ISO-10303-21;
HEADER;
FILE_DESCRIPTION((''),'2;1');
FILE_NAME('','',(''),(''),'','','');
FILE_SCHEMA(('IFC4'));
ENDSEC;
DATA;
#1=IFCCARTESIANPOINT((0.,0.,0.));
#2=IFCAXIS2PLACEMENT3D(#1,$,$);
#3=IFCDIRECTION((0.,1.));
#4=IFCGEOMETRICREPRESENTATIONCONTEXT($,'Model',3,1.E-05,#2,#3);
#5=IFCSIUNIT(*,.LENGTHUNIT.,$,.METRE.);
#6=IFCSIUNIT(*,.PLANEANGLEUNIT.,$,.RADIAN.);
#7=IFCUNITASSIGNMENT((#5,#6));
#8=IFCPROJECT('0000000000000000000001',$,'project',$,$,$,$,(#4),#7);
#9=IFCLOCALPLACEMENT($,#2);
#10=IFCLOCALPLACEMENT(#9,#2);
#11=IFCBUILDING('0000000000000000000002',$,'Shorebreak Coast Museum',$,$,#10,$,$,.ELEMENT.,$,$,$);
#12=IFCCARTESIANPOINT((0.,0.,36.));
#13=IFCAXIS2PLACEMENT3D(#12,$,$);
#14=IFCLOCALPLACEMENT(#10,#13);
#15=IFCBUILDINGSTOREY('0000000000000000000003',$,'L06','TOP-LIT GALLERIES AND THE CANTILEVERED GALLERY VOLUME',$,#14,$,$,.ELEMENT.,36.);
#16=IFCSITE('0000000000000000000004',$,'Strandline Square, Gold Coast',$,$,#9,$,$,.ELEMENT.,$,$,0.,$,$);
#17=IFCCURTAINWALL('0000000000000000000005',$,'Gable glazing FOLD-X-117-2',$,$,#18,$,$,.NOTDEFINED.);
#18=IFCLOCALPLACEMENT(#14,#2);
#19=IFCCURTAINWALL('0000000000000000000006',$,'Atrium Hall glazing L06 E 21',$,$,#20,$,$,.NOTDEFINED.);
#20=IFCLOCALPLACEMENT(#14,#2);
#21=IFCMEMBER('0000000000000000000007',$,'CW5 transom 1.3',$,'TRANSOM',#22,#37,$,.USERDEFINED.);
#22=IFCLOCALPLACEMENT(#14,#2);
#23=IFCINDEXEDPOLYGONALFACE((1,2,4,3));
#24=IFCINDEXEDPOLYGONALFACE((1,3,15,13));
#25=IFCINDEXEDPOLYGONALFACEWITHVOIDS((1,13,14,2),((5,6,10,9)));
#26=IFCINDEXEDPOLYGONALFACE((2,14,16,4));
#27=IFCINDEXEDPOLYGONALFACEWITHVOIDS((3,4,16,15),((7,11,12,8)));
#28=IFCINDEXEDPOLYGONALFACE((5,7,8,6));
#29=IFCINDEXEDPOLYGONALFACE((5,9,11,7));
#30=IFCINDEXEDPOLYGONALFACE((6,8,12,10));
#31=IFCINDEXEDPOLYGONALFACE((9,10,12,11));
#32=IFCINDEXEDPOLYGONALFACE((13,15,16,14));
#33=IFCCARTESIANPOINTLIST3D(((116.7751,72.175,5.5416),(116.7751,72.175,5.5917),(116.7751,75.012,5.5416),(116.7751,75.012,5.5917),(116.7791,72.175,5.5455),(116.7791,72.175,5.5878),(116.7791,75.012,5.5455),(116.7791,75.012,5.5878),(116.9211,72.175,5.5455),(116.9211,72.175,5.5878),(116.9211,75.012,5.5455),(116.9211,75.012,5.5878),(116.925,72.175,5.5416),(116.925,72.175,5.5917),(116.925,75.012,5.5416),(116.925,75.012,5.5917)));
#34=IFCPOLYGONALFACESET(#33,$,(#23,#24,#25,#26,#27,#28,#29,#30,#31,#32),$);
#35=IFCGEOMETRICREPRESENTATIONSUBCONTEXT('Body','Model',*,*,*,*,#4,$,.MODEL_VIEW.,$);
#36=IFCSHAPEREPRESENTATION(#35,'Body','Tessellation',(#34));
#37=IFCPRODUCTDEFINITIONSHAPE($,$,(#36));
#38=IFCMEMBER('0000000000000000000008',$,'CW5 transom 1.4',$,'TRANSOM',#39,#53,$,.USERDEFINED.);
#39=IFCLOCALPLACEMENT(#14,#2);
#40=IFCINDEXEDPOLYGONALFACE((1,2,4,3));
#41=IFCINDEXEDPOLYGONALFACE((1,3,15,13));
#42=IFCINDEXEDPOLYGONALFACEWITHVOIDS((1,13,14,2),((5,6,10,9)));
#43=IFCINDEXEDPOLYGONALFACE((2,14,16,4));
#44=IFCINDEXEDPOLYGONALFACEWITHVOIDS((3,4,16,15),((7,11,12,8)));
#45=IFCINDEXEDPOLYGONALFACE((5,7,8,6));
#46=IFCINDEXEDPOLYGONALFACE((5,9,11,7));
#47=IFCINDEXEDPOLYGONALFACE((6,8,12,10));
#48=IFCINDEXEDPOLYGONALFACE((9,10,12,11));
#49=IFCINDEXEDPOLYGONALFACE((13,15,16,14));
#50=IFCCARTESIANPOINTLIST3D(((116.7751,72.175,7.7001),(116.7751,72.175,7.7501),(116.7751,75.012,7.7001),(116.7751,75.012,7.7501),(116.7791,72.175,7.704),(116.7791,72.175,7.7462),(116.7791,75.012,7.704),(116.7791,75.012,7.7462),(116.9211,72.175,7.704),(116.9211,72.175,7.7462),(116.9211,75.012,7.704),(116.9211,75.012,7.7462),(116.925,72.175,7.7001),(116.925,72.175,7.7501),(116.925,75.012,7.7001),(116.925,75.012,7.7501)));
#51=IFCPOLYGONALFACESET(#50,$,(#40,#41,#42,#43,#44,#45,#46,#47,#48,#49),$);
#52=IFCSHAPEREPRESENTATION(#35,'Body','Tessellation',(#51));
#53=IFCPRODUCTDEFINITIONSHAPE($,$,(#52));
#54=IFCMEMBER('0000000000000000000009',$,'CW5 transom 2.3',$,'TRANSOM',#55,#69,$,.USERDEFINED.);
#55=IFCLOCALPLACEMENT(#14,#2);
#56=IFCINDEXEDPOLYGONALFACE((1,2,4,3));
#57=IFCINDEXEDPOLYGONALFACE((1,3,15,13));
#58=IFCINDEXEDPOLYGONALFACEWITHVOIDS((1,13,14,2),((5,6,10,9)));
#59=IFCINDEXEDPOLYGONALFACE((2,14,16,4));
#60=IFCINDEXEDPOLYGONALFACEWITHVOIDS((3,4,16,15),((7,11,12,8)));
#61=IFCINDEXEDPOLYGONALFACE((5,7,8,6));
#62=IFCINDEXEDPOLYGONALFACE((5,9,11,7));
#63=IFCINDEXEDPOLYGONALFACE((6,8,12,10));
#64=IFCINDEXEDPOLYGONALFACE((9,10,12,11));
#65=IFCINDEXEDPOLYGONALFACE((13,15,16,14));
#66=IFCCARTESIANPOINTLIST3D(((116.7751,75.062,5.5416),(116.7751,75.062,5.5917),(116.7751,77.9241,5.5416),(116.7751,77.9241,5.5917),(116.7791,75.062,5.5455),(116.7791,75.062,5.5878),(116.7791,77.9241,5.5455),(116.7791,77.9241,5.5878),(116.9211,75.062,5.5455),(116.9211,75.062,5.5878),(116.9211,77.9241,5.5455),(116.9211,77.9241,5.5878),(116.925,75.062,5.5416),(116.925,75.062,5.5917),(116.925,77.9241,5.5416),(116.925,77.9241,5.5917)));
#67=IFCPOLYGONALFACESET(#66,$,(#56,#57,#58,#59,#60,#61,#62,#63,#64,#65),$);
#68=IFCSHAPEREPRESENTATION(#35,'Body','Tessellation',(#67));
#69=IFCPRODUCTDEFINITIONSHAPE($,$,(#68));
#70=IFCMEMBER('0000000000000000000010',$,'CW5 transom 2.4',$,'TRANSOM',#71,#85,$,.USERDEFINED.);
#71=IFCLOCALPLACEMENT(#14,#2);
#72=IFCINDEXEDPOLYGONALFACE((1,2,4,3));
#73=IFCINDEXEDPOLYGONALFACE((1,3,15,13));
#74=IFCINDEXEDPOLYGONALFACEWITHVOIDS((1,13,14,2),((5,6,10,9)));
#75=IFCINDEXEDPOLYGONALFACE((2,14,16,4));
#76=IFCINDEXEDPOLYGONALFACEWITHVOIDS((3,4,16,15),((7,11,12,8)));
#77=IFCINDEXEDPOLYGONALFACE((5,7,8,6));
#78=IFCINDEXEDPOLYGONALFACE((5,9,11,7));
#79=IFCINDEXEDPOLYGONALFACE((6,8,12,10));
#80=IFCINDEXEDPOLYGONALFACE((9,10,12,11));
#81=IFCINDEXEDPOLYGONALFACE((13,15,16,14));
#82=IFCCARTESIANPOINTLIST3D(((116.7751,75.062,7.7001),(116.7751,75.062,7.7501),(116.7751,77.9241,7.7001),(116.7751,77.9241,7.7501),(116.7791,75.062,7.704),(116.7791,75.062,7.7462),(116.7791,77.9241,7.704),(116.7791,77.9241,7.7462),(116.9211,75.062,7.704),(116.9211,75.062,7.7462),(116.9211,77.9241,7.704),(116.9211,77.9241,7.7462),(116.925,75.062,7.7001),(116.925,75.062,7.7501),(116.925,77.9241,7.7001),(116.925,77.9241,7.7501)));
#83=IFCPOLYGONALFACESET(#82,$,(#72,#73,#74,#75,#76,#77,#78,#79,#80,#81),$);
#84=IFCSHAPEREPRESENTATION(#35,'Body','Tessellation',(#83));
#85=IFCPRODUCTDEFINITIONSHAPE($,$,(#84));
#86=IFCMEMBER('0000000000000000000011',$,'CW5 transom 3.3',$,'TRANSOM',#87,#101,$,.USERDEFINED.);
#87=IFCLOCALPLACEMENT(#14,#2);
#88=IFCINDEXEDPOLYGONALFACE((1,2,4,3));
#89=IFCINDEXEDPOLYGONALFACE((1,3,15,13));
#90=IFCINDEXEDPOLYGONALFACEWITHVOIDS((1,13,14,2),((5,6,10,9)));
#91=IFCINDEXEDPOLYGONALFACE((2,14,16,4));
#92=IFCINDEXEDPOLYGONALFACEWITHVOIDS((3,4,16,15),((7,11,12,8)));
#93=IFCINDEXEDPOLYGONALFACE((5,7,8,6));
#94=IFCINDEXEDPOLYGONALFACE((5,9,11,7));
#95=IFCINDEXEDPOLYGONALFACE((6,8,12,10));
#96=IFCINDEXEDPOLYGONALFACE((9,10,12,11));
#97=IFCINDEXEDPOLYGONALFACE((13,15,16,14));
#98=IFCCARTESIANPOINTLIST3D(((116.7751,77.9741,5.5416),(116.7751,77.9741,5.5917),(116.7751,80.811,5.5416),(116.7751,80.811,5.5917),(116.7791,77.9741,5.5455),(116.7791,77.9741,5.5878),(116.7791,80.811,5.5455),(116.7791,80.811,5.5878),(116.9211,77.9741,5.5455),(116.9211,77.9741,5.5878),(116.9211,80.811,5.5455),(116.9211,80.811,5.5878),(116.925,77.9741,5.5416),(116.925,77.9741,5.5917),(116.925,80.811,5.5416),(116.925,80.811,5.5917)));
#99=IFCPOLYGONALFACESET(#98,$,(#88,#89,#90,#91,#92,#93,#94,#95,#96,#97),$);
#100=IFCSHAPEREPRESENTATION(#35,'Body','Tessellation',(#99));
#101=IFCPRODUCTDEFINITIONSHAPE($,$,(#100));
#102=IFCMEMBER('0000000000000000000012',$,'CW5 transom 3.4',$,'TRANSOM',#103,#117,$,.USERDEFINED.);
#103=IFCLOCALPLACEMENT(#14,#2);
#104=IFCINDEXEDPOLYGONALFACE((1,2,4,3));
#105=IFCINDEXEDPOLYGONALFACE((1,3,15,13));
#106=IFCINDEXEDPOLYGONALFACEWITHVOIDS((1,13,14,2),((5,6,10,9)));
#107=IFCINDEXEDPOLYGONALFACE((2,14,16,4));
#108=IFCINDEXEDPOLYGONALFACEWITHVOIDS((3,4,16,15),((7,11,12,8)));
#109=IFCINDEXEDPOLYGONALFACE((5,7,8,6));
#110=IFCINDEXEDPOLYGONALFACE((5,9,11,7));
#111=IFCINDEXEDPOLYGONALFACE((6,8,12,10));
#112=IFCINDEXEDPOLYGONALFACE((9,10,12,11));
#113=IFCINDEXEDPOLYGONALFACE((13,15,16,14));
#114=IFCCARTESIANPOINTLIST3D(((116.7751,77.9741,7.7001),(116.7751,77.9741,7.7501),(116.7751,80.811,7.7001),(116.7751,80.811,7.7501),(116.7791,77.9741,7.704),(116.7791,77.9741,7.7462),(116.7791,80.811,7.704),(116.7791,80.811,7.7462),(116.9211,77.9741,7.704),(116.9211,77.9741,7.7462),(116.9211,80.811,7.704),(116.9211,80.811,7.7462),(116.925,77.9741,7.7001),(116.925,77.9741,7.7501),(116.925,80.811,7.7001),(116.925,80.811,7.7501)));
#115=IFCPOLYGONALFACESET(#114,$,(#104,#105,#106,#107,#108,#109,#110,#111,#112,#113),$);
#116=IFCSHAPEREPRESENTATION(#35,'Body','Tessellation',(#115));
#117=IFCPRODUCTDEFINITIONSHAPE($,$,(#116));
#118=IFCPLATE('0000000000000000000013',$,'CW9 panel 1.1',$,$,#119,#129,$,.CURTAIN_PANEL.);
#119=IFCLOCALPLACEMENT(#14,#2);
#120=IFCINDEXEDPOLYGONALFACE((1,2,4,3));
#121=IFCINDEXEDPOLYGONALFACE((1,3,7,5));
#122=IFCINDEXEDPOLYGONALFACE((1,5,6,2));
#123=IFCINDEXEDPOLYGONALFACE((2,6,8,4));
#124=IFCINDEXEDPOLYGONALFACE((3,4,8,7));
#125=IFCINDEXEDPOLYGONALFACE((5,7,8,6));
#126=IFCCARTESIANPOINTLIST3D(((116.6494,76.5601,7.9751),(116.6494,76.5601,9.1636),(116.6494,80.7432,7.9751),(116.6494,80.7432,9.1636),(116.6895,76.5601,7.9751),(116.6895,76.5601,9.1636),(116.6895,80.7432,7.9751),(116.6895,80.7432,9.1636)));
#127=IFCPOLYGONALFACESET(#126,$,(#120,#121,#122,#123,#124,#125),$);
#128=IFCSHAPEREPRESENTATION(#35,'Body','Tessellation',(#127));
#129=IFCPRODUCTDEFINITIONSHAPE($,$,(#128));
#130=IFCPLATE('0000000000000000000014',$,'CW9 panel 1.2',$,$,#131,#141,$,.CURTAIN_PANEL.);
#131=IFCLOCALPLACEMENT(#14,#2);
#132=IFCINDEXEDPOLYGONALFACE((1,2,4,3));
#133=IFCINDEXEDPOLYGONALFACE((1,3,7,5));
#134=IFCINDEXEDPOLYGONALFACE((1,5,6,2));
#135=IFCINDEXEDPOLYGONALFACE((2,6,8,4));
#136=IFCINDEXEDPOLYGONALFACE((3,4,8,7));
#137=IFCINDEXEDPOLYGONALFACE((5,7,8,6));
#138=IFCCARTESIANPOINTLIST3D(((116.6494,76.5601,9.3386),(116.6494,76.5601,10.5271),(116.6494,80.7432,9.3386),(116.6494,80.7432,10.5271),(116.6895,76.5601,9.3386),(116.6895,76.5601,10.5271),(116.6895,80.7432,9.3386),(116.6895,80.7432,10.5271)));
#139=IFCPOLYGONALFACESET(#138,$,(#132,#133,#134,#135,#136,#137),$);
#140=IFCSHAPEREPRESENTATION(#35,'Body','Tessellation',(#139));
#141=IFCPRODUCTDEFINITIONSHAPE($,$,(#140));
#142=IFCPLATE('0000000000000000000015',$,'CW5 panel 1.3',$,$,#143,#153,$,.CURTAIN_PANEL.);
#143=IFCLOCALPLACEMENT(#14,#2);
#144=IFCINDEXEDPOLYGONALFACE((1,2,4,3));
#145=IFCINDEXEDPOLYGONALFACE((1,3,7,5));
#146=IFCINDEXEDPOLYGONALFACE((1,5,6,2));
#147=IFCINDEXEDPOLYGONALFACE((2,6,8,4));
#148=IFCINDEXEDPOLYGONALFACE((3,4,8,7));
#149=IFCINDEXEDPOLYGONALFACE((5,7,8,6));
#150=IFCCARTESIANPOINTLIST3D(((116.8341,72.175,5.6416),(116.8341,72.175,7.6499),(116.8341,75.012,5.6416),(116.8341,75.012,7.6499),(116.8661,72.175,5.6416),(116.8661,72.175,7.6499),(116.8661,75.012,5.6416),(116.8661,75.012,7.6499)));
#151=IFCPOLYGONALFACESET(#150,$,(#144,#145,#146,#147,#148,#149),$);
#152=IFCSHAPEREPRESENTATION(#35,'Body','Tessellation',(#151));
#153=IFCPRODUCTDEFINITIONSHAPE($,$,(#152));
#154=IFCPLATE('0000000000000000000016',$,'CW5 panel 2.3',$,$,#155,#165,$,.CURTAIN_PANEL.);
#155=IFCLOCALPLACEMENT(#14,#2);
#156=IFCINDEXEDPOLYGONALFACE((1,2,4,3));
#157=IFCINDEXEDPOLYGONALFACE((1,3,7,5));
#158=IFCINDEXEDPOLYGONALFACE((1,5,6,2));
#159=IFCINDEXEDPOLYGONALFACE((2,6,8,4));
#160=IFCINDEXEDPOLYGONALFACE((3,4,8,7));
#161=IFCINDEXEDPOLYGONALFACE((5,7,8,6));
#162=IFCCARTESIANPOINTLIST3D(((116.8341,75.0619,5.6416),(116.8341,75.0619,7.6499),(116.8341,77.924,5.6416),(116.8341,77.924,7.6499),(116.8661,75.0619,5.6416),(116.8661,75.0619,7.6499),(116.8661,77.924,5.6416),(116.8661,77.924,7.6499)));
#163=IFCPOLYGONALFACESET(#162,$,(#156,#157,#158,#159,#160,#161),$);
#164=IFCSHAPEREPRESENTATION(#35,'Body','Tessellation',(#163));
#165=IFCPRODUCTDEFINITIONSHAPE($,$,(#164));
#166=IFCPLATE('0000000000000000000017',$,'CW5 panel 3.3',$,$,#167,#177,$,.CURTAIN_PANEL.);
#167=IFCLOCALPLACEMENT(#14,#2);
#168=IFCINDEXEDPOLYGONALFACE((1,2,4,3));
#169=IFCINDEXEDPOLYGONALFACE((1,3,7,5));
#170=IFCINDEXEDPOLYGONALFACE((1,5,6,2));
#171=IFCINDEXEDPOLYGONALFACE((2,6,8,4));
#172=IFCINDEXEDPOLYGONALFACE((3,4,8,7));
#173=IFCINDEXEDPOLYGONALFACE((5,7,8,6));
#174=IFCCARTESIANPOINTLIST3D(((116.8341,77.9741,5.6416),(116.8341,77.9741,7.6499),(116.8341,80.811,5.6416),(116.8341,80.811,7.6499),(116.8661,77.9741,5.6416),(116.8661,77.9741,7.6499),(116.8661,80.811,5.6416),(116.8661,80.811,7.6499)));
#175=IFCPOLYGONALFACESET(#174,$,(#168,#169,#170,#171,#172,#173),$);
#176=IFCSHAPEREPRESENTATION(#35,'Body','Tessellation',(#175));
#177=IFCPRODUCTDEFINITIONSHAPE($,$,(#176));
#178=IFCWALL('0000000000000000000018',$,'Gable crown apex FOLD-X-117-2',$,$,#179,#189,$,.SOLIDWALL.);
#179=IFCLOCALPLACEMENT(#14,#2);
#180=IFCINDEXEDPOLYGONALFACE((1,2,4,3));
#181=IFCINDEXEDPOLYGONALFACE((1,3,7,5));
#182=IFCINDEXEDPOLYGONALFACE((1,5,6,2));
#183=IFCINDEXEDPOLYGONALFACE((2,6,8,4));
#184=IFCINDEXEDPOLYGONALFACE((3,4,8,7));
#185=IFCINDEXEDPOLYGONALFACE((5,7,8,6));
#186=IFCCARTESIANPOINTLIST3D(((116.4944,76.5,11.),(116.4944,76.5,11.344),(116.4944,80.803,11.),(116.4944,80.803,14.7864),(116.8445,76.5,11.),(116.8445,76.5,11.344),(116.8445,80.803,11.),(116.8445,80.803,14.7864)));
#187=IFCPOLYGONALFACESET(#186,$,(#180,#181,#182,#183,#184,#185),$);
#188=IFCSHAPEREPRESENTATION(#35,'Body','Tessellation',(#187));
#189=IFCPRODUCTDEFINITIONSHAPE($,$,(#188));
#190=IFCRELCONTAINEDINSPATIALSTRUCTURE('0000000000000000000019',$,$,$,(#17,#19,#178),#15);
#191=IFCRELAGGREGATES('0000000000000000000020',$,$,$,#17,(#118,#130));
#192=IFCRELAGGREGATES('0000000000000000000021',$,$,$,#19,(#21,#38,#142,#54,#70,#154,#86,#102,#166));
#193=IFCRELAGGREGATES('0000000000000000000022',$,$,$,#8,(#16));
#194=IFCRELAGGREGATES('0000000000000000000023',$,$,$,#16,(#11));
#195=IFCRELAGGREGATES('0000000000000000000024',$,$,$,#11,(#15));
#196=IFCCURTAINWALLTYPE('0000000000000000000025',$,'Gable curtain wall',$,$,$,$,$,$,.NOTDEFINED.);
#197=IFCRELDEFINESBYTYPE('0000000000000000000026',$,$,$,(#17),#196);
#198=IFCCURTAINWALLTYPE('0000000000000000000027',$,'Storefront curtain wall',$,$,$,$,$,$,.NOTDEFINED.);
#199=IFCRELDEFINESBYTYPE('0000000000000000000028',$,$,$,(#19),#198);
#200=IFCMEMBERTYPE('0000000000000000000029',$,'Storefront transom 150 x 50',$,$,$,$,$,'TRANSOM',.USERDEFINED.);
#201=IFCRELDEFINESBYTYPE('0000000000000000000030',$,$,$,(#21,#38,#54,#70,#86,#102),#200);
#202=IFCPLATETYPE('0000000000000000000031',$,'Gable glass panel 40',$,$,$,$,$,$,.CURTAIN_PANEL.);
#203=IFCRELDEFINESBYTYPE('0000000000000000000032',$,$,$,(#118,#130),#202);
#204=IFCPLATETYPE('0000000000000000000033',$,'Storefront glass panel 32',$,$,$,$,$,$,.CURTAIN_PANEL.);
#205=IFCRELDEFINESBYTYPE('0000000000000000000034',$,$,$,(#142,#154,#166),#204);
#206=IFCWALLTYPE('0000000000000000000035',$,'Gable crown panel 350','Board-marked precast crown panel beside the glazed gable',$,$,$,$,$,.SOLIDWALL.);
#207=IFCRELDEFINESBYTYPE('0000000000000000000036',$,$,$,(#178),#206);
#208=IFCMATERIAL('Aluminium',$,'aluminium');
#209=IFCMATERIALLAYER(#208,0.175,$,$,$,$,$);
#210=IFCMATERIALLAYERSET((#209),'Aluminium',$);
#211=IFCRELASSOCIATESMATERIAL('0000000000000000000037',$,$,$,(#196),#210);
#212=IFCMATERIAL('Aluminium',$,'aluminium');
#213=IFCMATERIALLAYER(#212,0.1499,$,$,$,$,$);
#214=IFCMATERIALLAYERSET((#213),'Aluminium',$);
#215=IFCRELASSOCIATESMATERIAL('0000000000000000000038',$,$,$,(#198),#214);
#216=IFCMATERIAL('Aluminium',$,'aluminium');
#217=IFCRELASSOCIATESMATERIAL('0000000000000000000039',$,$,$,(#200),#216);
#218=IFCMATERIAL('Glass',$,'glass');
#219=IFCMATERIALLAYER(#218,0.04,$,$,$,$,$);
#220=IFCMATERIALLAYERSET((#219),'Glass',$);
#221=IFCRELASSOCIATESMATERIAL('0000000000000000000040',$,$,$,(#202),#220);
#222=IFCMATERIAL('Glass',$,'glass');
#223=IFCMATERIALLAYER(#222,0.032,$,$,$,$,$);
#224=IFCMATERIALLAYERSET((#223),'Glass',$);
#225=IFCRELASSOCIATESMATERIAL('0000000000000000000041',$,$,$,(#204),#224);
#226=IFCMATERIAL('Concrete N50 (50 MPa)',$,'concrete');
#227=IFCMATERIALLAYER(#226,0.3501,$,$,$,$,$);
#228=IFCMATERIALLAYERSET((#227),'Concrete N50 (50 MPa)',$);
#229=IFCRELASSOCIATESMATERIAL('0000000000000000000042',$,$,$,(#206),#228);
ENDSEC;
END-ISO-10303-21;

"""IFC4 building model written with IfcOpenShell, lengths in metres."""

from ifc_helpers import new_model, si_unit, direction, frame, origin, origin_2d, place, context, subcontext, project, spatial, polyline, rectangle, hollow_rectangle, outline, extrude, material, layer, layer_set, material_profile, profile_set, type_object, element, aggregate, save


model = new_model("IFC4")

# Units and contexts
model_context = context("Model", 3, precision=1e-05, world=origin(), true_north=direction((0.0, 1.0)))
body_context = subcontext(model_context, "Body", "Model", "MODEL_VIEW")
ifc_project = project(units=[si_unit("LENGTHUNIT", "METRE"), si_unit("PLANEANGLEUNIT", "RADIAN")], contexts=[model_context])

# Site, building, storey
site_placement = place(None, origin())
site = spatial("IfcSite", under=ifc_project, at=site_placement, Name="Strandline Square, Gold Coast", CompositionType="ELEMENT", RefElevation=0.0)
building_placement = place(site_placement, origin())
building = spatial("IfcBuilding", under=site, at=building_placement, Name="Shorebreak Coast Museum", CompositionType="ELEMENT")
storey_placement = place(building_placement, frame((0.0, 0.0, 36.0)))
storey = spatial("IfcBuildingStorey", under=building, at=storey_placement, Name="L06", Description="TOP-LIT GALLERIES AND THE CANTILEVERED GALLERY VOLUME", CompositionType="ELEMENT", Elevation=36.0)

# Curtain walls, members
ifc_material_1 = material(Name="Aluminium", Category="aluminium")
ifc_layer_1 = layer(ifc_material_1, 0.175)
ifc_layer_set_1 = layer_set([ifc_layer_1], Name="Aluminium")
curtain_wall_type_1 = type_object("IfcCurtainWallType", Name="Gable curtain wall", PredefinedType="NOTDEFINED", material=ifc_layer_set_1)
curtain_wall_1_placement = place(storey_placement, origin())
curtain_wall_1 = element("IfcCurtainWall", 1, at=curtain_wall_1_placement, inside=storey, type_object=curtain_wall_type_1, Name="Gable glazing FOLD-X-117-2", PredefinedType="NOTDEFINED")
ifc_material_2 = material(Name="Aluminium", Category="aluminium")
ifc_layer_2 = layer(ifc_material_2, 0.1499)
ifc_layer_set_2 = layer_set([ifc_layer_2], Name="Aluminium")
curtain_wall_type_2 = type_object("IfcCurtainWallType", Name="Storefront curtain wall", PredefinedType="NOTDEFINED", material=ifc_layer_set_2)
curtain_wall_2_placement = place(storey_placement, origin())
curtain_wall_2 = element("IfcCurtainWall", 2, at=curtain_wall_2_placement, inside=storey, type_object=curtain_wall_type_2, Name="Atrium Hall glazing L06 E 21", PredefinedType="NOTDEFINED")
ifc_material_3 = material(Name="Aluminium", Category="aluminium")
ifc_material_profile_1 = material_profile(ifc_material_3, hollow_rectangle(XDim=0.1499, YDim=0.05, WallThickness=0.0039, at=origin_2d()), Name="AL 50x150 RHS")
ifc_profile_set_1 = profile_set([ifc_material_profile_1], Name="Aluminium")
member_type_1 = type_object("IfcMemberType", Name="Storefront transom 150 x 50", ElementType="TRANSOM", PredefinedType="USERDEFINED", material=ifc_profile_set_1)
member_1_placement = place(storey_placement, frame((116.8501, 72.175, 5.5667), z_axis=(0.0, 1.0, 0.0), x_axis=(-1.0, 0.0, 0.0)))
member_1 = element("IfcMember", 3, at=member_1_placement, type_object=member_type_1, Name="CW5 transom 1.3", ObjectType="TRANSOM", PredefinedType="USERDEFINED", context=body_context, shape_type="SweptSolid", body=[
    extrude(hollow_rectangle(XDim=0.1499, YDim=0.05, WallThickness=0.0039, at=origin_2d()), origin(), (0.0, 0.0, 1.0), 2.8369),
])
member_2_placement = place(storey_placement, frame((116.8501, 72.175, 7.7251), z_axis=(0.0, 1.0, 0.0), x_axis=(-1.0, 0.0, 0.0)))
member_2 = element("IfcMember", 4, at=member_2_placement, type_object=member_type_1, Name="CW5 transom 1.4", ObjectType="TRANSOM", PredefinedType="USERDEFINED", context=body_context, shape_type="SweptSolid", body=[
    extrude(hollow_rectangle(XDim=0.1499, YDim=0.05, WallThickness=0.0039, at=origin_2d()), origin(), (0.0, 0.0, 1.0), 2.8369),
])
member_3_placement = place(storey_placement, frame((116.8501, 75.062, 5.5667), z_axis=(0.0, 1.0, 0.0), x_axis=(-1.0, 0.0, 0.0)))
member_3 = element("IfcMember", 5, at=member_3_placement, type_object=member_type_1, Name="CW5 transom 2.3", ObjectType="TRANSOM", PredefinedType="USERDEFINED", context=body_context, shape_type="SweptSolid", body=[
    extrude(hollow_rectangle(XDim=0.1499, YDim=0.05, WallThickness=0.0039, at=origin_2d()), origin(), (0.0, 0.0, 1.0), 2.8621),
])
member_4_placement = place(storey_placement, frame((116.8501, 75.062, 7.7251), z_axis=(0.0, 1.0, 0.0), x_axis=(-1.0, 0.0, 0.0)))
member_4 = element("IfcMember", 6, at=member_4_placement, type_object=member_type_1, Name="CW5 transom 2.4", ObjectType="TRANSOM", PredefinedType="USERDEFINED", context=body_context, shape_type="SweptSolid", body=[
    extrude(hollow_rectangle(XDim=0.1499, YDim=0.05, WallThickness=0.0039, at=origin_2d()), origin(), (0.0, 0.0, 1.0), 2.8621),
])
member_5_placement = place(storey_placement, frame((116.8501, 77.9741, 5.5667), z_axis=(0.0, 1.0, 0.0), x_axis=(-1.0, 0.0, 0.0)))
member_5 = element("IfcMember", 7, at=member_5_placement, type_object=member_type_1, Name="CW5 transom 3.3", ObjectType="TRANSOM", PredefinedType="USERDEFINED", context=body_context, shape_type="SweptSolid", body=[
    extrude(hollow_rectangle(XDim=0.1499, YDim=0.05, WallThickness=0.0039, at=origin_2d()), origin(), (0.0, 0.0, 1.0), 2.8369),
])
member_6_placement = place(storey_placement, frame((116.8501, 77.9741, 7.7251), z_axis=(0.0, 1.0, 0.0), x_axis=(-1.0, 0.0, 0.0)))
member_6 = element("IfcMember", 8, at=member_6_placement, type_object=member_type_1, Name="CW5 transom 3.4", ObjectType="TRANSOM", PredefinedType="USERDEFINED", context=body_context, shape_type="SweptSolid", body=[
    extrude(hollow_rectangle(XDim=0.1499, YDim=0.05, WallThickness=0.0039, at=origin_2d()), origin(), (0.0, 0.0, 1.0), 2.8369),
])

# Plates
ifc_material_4 = material(Name="Glass", Category="glass")
ifc_layer_3 = layer(ifc_material_4, 0.04)
ifc_layer_set_3 = layer_set([ifc_layer_3], Name="Glass")
plate_type_1 = type_object("IfcPlateType", Name="Gable glass panel 40", PredefinedType="CURTAIN_PANEL", material=ifc_layer_set_3)
plate_1_placement = place(storey_placement, frame((116.6694, 78.6516, 7.9751), z_axis=(0.0, 0.0, 1.0), x_axis=(0.0, 1.0, 0.0)))
plate_1 = element("IfcPlate", 9, at=plate_1_placement, type_object=plate_type_1, Name="CW9 panel 1.1", PredefinedType="CURTAIN_PANEL", context=body_context, shape_type="SweptSolid", body=[
    extrude(rectangle(XDim=4.1831, YDim=0.04, at=origin_2d()), origin(), (0.0, 0.0, 1.0), 1.1885),
])
plate_2_placement = place(storey_placement, frame((116.6694, 78.6516, 9.3386), z_axis=(0.0, 0.0, 1.0), x_axis=(0.0, 1.0, 0.0)))
plate_2 = element("IfcPlate", 10, at=plate_2_placement, type_object=plate_type_1, Name="CW9 panel 1.2", PredefinedType="CURTAIN_PANEL", context=body_context, shape_type="SweptSolid", body=[
    extrude(rectangle(XDim=4.1831, YDim=0.04, at=origin_2d()), origin(), (0.0, 0.0, 1.0), 1.1885),
])
aggregate(curtain_wall_1, [plate_1, plate_2])
ifc_material_5 = material(Name="Glass", Category="glass")
ifc_layer_4 = layer(ifc_material_5, 0.032)
ifc_layer_set_4 = layer_set([ifc_layer_4], Name="Glass")
plate_type_2 = type_object("IfcPlateType", Name="Storefront glass panel 32", PredefinedType="CURTAIN_PANEL", material=ifc_layer_set_4)
plate_3_placement = place(storey_placement, frame((116.8501, 73.5935, 5.6416), z_axis=(0.0, 0.0, 1.0), x_axis=(0.0, 1.0, 0.0)))
plate_3 = element("IfcPlate", 11, at=plate_3_placement, type_object=plate_type_2, Name="CW5 panel 1.3", PredefinedType="CURTAIN_PANEL", context=body_context, shape_type="SweptSolid", body=[
    extrude(rectangle(XDim=2.8369, YDim=0.032, at=origin_2d()), origin(), (0.0, 0.0, 1.0), 2.0083),
])
plate_4_placement = place(storey_placement, frame((116.8501, 76.4929, 5.6416), z_axis=(0.0, 0.0, 1.0), x_axis=(0.0, 1.0, 0.0)))
plate_4 = element("IfcPlate", 12, at=plate_4_placement, type_object=plate_type_2, Name="CW5 panel 2.3", PredefinedType="CURTAIN_PANEL", context=body_context, shape_type="SweptSolid", body=[
    extrude(rectangle(XDim=2.8621, YDim=0.032, at=origin_2d()), origin(), (0.0, 0.0, 1.0), 2.0083),
])
plate_5_placement = place(storey_placement, frame((116.8501, 79.3926, 5.6416), z_axis=(0.0, 0.0, 1.0), x_axis=(0.0, 1.0, 0.0)))
plate_5 = element("IfcPlate", 13, at=plate_5_placement, type_object=plate_type_2, Name="CW5 panel 3.3", PredefinedType="CURTAIN_PANEL", context=body_context, shape_type="SweptSolid", body=[
    extrude(rectangle(XDim=2.8369, YDim=0.032, at=origin_2d()), origin(), (0.0, 0.0, 1.0), 2.0083),
])
aggregate(curtain_wall_2, [member_1, member_2, plate_3, member_3, member_4, plate_4, member_5, member_6, plate_5])

# Wall
ifc_material_6 = material(Name="Concrete N50 (50 MPa)", Category="concrete")
ifc_layer_5 = layer(ifc_material_6, 0.3501)
ifc_layer_set_5 = layer_set([ifc_layer_5], Name="Concrete N50 (50 MPa)")
wall_type = type_object("IfcWallType", Name="Gable crown panel 350", Description="Board-marked precast crown panel beside the glazed gable", PredefinedType="SOLIDWALL", material=ifc_layer_set_5)
wall_placement = place(storey_placement, frame((116.6694, 76.5, 11.0), z_axis=(0.0, 0.0, 1.0), x_axis=(0.0, 1.0, 0.0)))
element("IfcWall", 14, at=wall_placement, inside=storey, type_object=wall_type, Name="Gable crown apex FOLD-X-117-2", PredefinedType="SOLIDWALL", context=body_context, shape_type="SweptSolid", body=[
    extrude(outline(polyline([(0.0, 0.0), (4.303, 0.0), (4.303, 3.7864), (0.0, 0.344), (0.0, 0.0)])), frame((0.0, 0.175, 0.0), z_axis=(0.0, -1.0, 0.0), x_axis=(1.0, 0.0, 0.0)), (0.0, 0.0, 1.0), 0.3501),
])

save(model, "model.ifc")
